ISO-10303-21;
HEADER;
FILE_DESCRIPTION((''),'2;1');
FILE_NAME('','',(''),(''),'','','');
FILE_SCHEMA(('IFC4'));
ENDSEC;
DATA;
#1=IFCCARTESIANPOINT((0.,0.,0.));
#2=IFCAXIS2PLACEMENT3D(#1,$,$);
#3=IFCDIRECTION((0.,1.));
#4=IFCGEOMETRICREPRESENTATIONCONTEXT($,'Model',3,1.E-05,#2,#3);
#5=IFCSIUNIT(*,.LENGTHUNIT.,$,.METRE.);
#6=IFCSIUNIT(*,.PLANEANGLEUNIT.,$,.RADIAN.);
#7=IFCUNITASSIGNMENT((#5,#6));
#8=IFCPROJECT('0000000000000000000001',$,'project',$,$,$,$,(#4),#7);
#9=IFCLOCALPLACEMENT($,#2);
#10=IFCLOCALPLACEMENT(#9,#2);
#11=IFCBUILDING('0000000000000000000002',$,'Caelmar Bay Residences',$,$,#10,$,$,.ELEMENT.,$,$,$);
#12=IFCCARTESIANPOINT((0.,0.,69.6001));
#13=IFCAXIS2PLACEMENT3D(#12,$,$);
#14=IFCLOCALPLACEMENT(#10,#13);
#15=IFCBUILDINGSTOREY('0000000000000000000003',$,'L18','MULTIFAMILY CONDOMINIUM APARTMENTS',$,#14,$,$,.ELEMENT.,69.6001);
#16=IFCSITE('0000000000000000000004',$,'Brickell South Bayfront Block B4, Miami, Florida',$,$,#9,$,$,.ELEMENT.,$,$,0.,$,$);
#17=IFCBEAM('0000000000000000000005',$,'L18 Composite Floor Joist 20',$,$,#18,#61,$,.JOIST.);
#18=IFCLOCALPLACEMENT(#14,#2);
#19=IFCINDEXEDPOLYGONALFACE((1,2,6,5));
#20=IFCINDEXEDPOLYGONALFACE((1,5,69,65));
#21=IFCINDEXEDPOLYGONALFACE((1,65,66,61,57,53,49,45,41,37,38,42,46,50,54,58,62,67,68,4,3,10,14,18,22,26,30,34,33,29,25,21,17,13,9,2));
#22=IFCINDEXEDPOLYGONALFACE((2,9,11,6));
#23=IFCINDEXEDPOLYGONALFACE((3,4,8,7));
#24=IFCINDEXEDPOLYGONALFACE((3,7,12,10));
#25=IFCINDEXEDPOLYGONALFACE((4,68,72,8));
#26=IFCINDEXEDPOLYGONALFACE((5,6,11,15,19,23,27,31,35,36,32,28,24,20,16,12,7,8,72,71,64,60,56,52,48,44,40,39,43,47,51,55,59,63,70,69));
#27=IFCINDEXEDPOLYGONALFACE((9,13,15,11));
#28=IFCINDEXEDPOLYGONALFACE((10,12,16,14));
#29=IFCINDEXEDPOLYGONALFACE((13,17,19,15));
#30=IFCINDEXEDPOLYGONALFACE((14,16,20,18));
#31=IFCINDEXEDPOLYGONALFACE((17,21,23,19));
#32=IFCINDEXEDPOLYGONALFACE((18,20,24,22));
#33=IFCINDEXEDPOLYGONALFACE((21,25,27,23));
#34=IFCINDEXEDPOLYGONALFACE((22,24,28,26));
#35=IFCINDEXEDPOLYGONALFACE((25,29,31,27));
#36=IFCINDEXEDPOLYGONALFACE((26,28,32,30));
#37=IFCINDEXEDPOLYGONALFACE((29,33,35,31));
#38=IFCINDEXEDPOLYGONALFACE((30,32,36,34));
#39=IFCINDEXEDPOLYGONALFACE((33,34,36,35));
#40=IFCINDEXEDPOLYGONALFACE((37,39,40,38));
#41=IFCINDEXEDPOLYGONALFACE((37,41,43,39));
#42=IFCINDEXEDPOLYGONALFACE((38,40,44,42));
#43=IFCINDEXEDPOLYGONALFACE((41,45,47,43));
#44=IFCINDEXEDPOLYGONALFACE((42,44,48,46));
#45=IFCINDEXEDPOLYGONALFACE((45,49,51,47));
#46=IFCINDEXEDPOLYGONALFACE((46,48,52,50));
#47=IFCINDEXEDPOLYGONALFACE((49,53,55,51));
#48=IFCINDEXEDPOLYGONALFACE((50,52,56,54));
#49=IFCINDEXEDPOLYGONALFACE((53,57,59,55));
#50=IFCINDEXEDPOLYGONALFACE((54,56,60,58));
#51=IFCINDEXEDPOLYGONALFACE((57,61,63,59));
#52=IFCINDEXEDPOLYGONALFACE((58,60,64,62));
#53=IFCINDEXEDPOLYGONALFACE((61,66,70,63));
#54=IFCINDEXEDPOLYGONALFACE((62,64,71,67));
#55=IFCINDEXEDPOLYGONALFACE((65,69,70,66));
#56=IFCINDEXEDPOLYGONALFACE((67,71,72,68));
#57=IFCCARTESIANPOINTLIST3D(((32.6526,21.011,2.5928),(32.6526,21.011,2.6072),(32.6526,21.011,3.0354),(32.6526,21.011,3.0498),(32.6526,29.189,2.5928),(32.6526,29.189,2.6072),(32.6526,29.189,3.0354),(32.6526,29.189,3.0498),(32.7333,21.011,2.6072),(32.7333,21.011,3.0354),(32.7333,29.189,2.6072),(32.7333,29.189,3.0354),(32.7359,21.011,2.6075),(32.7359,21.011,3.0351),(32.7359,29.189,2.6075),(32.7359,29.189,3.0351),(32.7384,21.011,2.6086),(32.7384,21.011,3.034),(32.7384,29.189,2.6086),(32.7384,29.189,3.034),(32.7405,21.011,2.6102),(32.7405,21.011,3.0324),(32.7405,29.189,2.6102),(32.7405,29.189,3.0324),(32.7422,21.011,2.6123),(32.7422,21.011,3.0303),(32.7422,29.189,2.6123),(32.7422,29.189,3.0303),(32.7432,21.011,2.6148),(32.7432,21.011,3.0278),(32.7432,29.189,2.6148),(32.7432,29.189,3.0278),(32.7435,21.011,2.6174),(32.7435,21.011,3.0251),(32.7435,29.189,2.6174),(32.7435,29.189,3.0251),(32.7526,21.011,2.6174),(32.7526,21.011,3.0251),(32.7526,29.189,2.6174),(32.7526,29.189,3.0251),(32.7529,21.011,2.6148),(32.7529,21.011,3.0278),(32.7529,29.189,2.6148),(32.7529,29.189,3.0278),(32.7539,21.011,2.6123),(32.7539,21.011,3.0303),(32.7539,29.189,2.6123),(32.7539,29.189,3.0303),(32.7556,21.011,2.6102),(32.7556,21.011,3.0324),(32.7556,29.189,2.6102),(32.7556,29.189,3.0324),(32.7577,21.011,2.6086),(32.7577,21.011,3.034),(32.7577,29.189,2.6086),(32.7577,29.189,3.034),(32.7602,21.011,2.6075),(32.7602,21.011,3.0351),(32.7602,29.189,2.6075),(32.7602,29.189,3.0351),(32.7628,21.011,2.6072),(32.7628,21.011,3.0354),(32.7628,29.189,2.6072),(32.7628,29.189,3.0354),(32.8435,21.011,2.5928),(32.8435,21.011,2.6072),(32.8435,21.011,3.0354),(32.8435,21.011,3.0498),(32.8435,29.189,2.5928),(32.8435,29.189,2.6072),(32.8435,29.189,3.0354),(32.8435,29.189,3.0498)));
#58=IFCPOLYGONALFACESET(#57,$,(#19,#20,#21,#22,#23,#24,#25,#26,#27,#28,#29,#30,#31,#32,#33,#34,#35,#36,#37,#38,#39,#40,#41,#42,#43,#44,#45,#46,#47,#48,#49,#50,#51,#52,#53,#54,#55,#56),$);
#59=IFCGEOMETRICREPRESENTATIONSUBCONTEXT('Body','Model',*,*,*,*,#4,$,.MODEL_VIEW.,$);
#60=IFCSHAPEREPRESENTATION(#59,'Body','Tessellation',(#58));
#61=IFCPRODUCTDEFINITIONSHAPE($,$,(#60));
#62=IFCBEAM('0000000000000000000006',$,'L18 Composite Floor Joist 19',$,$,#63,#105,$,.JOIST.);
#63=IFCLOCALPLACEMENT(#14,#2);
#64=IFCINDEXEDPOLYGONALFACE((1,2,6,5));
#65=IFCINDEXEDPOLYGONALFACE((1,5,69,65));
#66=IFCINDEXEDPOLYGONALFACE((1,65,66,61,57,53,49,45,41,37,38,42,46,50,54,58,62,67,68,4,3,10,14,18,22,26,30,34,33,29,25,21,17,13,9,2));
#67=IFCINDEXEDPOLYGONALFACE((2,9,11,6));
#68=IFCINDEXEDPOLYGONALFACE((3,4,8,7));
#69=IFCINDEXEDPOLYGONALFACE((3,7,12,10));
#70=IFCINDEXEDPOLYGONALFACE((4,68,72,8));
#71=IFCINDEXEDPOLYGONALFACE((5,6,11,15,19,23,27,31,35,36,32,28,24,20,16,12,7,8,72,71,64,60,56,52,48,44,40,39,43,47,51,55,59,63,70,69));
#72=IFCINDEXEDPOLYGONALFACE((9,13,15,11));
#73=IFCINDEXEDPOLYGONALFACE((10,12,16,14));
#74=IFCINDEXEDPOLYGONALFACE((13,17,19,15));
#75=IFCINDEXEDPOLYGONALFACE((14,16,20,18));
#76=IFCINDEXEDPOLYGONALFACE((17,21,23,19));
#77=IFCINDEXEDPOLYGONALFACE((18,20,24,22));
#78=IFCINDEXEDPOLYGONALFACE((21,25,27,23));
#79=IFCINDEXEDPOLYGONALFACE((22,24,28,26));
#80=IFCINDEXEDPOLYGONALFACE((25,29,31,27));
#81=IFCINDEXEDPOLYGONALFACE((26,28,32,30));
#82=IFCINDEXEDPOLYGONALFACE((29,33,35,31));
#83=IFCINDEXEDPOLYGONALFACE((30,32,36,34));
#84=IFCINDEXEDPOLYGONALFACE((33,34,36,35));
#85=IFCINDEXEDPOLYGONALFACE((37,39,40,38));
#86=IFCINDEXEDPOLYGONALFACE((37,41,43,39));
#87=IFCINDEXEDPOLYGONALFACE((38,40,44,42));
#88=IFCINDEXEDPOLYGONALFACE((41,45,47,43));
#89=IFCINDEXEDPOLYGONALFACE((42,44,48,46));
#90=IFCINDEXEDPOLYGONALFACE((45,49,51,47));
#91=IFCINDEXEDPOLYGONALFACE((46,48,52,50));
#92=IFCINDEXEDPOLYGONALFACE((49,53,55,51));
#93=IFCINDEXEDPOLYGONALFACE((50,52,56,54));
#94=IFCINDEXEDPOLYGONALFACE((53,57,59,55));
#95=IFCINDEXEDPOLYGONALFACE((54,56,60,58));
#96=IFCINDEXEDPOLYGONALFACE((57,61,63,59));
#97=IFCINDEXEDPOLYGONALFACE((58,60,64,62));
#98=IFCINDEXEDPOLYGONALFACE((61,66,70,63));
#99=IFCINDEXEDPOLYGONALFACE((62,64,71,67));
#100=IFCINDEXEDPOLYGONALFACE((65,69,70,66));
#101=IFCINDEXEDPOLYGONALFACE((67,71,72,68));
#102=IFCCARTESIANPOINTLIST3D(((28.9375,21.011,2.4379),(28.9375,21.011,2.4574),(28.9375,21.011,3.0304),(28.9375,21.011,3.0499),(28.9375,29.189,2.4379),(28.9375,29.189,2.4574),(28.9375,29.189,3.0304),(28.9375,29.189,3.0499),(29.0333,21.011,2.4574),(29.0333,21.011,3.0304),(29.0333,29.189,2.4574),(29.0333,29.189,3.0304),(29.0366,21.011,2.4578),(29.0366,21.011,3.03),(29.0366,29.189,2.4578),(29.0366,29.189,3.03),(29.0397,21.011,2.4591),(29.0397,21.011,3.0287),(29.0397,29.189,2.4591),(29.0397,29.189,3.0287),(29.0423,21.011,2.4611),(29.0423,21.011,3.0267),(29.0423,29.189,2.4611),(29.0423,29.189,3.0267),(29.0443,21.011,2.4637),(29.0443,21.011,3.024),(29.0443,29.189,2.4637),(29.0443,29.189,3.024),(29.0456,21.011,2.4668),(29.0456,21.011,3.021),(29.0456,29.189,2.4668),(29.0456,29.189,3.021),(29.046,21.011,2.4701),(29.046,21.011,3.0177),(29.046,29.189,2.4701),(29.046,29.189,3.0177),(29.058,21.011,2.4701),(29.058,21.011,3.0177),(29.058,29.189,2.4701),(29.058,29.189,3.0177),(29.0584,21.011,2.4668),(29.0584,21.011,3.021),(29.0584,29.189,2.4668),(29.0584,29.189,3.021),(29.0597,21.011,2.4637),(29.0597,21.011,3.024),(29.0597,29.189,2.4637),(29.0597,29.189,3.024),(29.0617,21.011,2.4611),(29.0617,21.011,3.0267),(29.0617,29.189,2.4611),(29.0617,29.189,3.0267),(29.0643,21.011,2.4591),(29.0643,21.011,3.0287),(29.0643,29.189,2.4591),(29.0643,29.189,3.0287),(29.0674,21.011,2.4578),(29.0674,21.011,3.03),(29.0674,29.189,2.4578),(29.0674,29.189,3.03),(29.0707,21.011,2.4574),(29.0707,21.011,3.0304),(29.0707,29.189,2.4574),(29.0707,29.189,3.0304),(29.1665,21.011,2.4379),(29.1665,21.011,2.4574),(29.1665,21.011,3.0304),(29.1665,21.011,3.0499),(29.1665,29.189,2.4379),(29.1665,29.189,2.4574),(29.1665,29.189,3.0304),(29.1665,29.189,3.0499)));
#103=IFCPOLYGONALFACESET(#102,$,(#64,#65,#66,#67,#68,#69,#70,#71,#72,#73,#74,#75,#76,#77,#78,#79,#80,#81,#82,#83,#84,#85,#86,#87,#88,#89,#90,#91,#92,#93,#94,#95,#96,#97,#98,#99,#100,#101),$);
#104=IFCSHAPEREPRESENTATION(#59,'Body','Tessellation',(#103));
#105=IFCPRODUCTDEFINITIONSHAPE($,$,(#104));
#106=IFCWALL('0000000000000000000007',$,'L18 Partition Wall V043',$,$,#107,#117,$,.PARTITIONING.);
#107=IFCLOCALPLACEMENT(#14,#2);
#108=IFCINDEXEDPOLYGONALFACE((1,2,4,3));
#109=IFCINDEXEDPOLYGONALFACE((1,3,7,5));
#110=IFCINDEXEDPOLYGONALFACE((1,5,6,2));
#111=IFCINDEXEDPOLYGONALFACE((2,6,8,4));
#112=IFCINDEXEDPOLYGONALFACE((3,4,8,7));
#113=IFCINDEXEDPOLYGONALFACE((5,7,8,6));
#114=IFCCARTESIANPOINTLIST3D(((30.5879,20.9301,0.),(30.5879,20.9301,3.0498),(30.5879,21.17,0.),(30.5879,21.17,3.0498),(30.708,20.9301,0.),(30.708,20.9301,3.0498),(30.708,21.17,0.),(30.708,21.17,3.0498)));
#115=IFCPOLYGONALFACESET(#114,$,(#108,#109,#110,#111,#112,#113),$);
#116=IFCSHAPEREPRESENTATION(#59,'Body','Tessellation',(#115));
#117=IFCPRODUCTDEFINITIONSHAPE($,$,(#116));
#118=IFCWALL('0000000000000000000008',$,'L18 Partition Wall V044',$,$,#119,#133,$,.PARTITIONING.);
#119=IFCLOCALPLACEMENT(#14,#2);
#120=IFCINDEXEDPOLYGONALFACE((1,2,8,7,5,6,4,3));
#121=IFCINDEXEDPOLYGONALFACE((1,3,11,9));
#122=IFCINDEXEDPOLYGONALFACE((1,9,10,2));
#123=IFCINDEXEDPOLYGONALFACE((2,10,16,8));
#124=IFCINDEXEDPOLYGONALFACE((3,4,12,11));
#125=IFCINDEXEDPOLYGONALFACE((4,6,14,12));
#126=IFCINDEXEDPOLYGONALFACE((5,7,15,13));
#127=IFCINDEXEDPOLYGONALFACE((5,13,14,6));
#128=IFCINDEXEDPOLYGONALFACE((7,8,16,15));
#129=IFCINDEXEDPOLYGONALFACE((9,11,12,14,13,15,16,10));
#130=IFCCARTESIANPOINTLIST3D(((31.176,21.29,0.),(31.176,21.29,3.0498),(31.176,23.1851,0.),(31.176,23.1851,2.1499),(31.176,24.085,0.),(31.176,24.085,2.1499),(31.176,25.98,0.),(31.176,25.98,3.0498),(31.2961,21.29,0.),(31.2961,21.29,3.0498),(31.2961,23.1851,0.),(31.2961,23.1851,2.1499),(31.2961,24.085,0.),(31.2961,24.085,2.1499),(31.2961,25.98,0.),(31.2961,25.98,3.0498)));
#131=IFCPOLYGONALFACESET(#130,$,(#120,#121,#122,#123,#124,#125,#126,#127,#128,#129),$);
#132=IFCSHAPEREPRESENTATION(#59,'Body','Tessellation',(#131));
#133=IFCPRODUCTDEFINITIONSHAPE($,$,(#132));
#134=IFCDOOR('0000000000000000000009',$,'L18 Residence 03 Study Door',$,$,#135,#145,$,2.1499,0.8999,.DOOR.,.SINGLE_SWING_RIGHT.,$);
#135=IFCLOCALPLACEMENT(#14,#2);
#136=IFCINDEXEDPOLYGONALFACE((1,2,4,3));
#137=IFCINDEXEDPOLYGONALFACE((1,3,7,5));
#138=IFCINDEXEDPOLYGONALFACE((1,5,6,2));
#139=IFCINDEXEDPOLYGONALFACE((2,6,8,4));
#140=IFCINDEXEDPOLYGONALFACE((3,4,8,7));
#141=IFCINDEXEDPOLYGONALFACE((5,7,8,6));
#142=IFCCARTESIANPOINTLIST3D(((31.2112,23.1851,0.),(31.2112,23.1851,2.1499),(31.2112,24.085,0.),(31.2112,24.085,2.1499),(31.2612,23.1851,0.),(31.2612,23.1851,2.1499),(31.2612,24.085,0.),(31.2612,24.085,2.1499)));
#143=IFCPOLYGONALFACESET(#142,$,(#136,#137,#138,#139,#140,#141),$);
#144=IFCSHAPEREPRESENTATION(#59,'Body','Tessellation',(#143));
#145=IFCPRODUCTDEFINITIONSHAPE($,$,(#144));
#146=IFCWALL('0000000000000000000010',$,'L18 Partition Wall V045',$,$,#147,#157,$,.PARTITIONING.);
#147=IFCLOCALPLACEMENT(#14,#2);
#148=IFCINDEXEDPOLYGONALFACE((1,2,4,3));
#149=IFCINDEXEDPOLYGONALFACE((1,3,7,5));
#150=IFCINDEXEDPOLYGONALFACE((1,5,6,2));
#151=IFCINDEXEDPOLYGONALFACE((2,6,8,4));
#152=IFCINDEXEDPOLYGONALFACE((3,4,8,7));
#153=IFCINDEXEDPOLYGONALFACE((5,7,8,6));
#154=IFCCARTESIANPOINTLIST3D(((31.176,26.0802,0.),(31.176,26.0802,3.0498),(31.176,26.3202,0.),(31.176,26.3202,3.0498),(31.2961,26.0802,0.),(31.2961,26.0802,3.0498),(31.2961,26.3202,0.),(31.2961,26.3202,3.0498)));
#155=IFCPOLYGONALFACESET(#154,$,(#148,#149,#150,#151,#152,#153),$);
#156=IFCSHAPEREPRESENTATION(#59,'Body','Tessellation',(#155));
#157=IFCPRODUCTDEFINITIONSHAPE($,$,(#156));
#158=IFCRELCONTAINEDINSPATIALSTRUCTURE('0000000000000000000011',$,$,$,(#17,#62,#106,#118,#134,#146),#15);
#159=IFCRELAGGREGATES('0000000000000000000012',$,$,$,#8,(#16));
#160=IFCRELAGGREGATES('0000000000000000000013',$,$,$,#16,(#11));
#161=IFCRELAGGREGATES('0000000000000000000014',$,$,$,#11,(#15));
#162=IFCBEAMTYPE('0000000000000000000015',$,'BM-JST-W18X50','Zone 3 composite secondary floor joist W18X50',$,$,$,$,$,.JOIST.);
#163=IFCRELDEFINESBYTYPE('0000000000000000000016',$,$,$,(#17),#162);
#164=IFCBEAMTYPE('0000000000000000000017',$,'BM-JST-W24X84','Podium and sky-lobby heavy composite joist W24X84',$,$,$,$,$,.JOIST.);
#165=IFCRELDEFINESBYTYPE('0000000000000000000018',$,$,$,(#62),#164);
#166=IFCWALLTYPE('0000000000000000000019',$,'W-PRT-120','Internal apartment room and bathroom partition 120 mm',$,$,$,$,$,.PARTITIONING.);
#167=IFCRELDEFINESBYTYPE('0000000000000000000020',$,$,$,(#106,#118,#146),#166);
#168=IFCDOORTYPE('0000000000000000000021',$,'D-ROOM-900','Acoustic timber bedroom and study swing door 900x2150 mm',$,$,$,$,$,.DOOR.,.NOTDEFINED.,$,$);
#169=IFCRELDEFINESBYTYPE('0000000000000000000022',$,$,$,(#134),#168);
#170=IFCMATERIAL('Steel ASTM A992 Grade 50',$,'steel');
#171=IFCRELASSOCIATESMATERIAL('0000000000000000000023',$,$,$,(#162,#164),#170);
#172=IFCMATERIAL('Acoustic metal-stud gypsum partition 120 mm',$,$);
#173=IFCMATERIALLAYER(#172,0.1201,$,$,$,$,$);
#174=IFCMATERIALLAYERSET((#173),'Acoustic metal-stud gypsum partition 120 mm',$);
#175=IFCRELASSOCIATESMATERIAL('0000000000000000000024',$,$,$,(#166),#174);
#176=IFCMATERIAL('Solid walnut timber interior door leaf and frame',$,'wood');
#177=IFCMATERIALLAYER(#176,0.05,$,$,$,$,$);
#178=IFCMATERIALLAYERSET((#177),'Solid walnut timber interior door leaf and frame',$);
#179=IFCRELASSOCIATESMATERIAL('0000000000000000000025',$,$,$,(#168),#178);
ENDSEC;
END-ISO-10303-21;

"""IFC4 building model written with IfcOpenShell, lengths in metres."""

from ifc_helpers import new_model, si_unit, direction, frame, frame_2d, origin, origin_2d, place, context, subcontext, project, spatial, rectangle, i_section, extrude, material, layer, layer_set, material_profile, profile_set, type_object, element, fill, save


model = new_model("IFC4")

# Units and contexts
model_context = context("Model", 3, precision=1e-05, world=origin(), true_north=direction((0.0, 1.0)))
body_context = subcontext(model_context, "Body", "Model", "MODEL_VIEW")
ifc_project = project(units=[si_unit("LENGTHUNIT", "METRE"), si_unit("PLANEANGLEUNIT", "RADIAN")], contexts=[model_context])

# Site, building, storey
site_placement = place(None, origin())
site = spatial("IfcSite", under=ifc_project, at=site_placement, Name="Brickell South Bayfront Block B4, Miami, Florida", CompositionType="ELEMENT", RefElevation=0.0)
building_placement = place(site_placement, origin())
building = spatial("IfcBuilding", under=site, at=building_placement, Name="Caelmar Bay Residences", CompositionType="ELEMENT")
storey_placement = place(building_placement, frame((0.0, 0.0, 69.6001)))
storey = spatial("IfcBuildingStorey", under=building, at=storey_placement, Name="L18", Description="MULTIFAMILY CONDOMINIUM APARTMENTS", CompositionType="ELEMENT", Elevation=69.6001)

# Beams
ifc_material_1 = material(Name="Steel ASTM A992 Grade 50", Category="steel")
ifc_material_profile_1 = material_profile(ifc_material_1, i_section(OverallWidth=0.1909, OverallDepth=0.457, WebThickness=0.009, FlangeThickness=0.0144, FilletRadius=0.0103, at=origin_2d()), Name="W18X50")
ifc_profile_set_1 = profile_set([ifc_material_profile_1], Name="Steel ASTM A992 Grade 50")
beam_type_1 = type_object("IfcBeamType", Name="BM-JST-W18X50", Description="Zone 3 composite secondary floor joist W18X50", PredefinedType="JOIST", material=ifc_profile_set_1)
beam_1_placement = place(storey_placement, frame((32.748, 21.011, 2.8213), z_axis=(0.0, 1.0, 0.0), x_axis=(-1.0, 0.0, 0.0)))
element("IfcBeam", 1, at=beam_1_placement, inside=storey, type_object=beam_type_1, Name="L18 Composite Floor Joist 20", PredefinedType="JOIST", context=body_context, shape_type="SweptSolid", body=[
    extrude(i_section(OverallWidth=0.1909, OverallDepth=0.457, WebThickness=0.009, FlangeThickness=0.0144, FilletRadius=0.0103, at=origin_2d()), origin(), (0.0, 0.0, 1.0), 8.178),
])
ifc_material_profile_2 = material_profile(ifc_material_1, i_section(OverallWidth=0.229, OverallDepth=0.6121, WebThickness=0.012, FlangeThickness=0.0195, FilletRadius=0.0127, at=origin_2d()), Name="W24X84")
ifc_profile_set_2 = profile_set([ifc_material_profile_2], Name="Steel ASTM A992 Grade 50")
beam_type_2 = type_object("IfcBeamType", Name="BM-JST-W24X84", Description="Podium and sky-lobby heavy composite joist W24X84", PredefinedType="JOIST", material=ifc_profile_set_2)
beam_2_placement = place(storey_placement, frame((29.052, 21.011, 2.7439), z_axis=(0.0, 1.0, 0.0), x_axis=(-1.0, 0.0, 0.0)))
element("IfcBeam", 2, at=beam_2_placement, inside=storey, type_object=beam_type_2, Name="L18 Composite Floor Joist 19", PredefinedType="JOIST", context=body_context, shape_type="SweptSolid", body=[
    extrude(i_section(OverallWidth=0.229, OverallDepth=0.6121, WebThickness=0.012, FlangeThickness=0.0195, FilletRadius=0.0127, at=origin_2d()), origin(), (0.0, 0.0, 1.0), 8.178),
])

# Wall
ifc_material_2 = material(Name="Acoustic metal-stud gypsum partition 120 mm")
ifc_layer_1 = layer(ifc_material_2, 0.1201)
ifc_layer_set_1 = layer_set([ifc_layer_1], Name="Acoustic metal-stud gypsum partition 120 mm")
wall_type_1 = type_object("IfcWallType", Name="W-PRT-120", Description="Internal apartment room and bathroom partition 120 mm", PredefinedType="PARTITIONING", material=ifc_layer_set_1)
wall_1_placement = place(storey_placement, frame((30.6479, 20.9299, 0.0), z_axis=(0.0, 0.0, 1.0), x_axis=(0.0, 1.0, 0.0)))
element("IfcWall", 3, at=wall_1_placement, inside=storey, type_object=wall_type_1, Name="L18 Partition Wall V043", PredefinedType="PARTITIONING", context=body_context, shape_type="SweptSolid", body=[
    extrude(rectangle(XDim=0.24, YDim=0.1201, at=frame_2d((0.1201, 0.0))), origin(), (0.0, 0.0, 1.0), 3.0498),
])

# Wall, opening, door
wall_2_placement = place(storey_placement, frame((31.2361, 21.29, 0.0), z_axis=(0.0, 0.0, 1.0), x_axis=(0.0, 1.0, 0.0)))
wall_2 = element("IfcWall", 4, at=wall_2_placement, inside=storey, type_object=wall_type_1, Name="L18 Partition Wall V044", PredefinedType="PARTITIONING", context=body_context, shape_type="SweptSolid", body=[
    extrude(rectangle(XDim=4.6899, YDim=0.1201, at=frame_2d((2.345, 0.0))), origin(), (0.0, 0.0, 1.0), 3.0498),
])
opening_1_placement = place(wall_2_placement, frame((1.895, 0.0, 0.0)))
opening_1 = element("IfcOpeningElement", 5, at=opening_1_placement, cuts=wall_2, PredefinedType="OPENING", context=body_context, shape_type="SweptSolid", body=[
    extrude(rectangle(XDim=0.8999, YDim=2.1499, at=frame_2d((0.45, 1.075))), frame((0.0, 0.0701, 0.0), z_axis=(0.0, -1.0, 0.0), x_axis=(1.0, 0.0, 0.0)), (0.0, 0.0, 1.0), 0.1401),
])
ifc_material_3 = material(Name="Solid walnut timber interior door leaf and frame", Category="wood")
ifc_layer_2 = layer(ifc_material_3, 0.05)
ifc_layer_set_2 = layer_set([ifc_layer_2], Name="Solid walnut timber interior door leaf and frame")
door_type_1 = type_object("IfcDoorType", Name="D-ROOM-900", Description="Acoustic timber bedroom and study swing door 900x2150 mm", OperationType="NOTDEFINED", PredefinedType="DOOR", material=ifc_layer_set_2)
door_1_placement = place(opening_1_placement, origin())
door_1 = element("IfcDoor", 6, at=door_1_placement, inside=storey, type_object=door_type_1, Name="L18 Residence 03 Study Door", OperationType="SINGLE_SWING_RIGHT", OverallHeight=2.1499, OverallWidth=0.8999, PredefinedType="DOOR", context=body_context, shape_type="SweptSolid", body=[
    extrude(rectangle(XDim=0.8999, YDim=2.1499, at=frame_2d((0.45, 1.075))), frame((0.0, 0.0249, 0.0), z_axis=(0.0, -1.0, 0.0), x_axis=(1.0, 0.0, 0.0)), (0.0, 0.0, 1.0), 0.05),
])
fill(opening_1, door_1)

# Wall
wall_3_placement = place(storey_placement, frame((31.2361, 26.0801, 0.0), z_axis=(0.0, 0.0, 1.0), x_axis=(0.0, 1.0, 0.0)))
element("IfcWall", 7, at=wall_3_placement, inside=storey, type_object=wall_type_1, Name="L18 Partition Wall V045", PredefinedType="PARTITIONING", context=body_context, shape_type="SweptSolid", body=[
    extrude(rectangle(XDim=0.24, YDim=0.1201, at=frame_2d((0.1201, 0.0))), origin(), (0.0, 0.0, 1.0), 3.0498),
])

save(model, "model.ifc")
